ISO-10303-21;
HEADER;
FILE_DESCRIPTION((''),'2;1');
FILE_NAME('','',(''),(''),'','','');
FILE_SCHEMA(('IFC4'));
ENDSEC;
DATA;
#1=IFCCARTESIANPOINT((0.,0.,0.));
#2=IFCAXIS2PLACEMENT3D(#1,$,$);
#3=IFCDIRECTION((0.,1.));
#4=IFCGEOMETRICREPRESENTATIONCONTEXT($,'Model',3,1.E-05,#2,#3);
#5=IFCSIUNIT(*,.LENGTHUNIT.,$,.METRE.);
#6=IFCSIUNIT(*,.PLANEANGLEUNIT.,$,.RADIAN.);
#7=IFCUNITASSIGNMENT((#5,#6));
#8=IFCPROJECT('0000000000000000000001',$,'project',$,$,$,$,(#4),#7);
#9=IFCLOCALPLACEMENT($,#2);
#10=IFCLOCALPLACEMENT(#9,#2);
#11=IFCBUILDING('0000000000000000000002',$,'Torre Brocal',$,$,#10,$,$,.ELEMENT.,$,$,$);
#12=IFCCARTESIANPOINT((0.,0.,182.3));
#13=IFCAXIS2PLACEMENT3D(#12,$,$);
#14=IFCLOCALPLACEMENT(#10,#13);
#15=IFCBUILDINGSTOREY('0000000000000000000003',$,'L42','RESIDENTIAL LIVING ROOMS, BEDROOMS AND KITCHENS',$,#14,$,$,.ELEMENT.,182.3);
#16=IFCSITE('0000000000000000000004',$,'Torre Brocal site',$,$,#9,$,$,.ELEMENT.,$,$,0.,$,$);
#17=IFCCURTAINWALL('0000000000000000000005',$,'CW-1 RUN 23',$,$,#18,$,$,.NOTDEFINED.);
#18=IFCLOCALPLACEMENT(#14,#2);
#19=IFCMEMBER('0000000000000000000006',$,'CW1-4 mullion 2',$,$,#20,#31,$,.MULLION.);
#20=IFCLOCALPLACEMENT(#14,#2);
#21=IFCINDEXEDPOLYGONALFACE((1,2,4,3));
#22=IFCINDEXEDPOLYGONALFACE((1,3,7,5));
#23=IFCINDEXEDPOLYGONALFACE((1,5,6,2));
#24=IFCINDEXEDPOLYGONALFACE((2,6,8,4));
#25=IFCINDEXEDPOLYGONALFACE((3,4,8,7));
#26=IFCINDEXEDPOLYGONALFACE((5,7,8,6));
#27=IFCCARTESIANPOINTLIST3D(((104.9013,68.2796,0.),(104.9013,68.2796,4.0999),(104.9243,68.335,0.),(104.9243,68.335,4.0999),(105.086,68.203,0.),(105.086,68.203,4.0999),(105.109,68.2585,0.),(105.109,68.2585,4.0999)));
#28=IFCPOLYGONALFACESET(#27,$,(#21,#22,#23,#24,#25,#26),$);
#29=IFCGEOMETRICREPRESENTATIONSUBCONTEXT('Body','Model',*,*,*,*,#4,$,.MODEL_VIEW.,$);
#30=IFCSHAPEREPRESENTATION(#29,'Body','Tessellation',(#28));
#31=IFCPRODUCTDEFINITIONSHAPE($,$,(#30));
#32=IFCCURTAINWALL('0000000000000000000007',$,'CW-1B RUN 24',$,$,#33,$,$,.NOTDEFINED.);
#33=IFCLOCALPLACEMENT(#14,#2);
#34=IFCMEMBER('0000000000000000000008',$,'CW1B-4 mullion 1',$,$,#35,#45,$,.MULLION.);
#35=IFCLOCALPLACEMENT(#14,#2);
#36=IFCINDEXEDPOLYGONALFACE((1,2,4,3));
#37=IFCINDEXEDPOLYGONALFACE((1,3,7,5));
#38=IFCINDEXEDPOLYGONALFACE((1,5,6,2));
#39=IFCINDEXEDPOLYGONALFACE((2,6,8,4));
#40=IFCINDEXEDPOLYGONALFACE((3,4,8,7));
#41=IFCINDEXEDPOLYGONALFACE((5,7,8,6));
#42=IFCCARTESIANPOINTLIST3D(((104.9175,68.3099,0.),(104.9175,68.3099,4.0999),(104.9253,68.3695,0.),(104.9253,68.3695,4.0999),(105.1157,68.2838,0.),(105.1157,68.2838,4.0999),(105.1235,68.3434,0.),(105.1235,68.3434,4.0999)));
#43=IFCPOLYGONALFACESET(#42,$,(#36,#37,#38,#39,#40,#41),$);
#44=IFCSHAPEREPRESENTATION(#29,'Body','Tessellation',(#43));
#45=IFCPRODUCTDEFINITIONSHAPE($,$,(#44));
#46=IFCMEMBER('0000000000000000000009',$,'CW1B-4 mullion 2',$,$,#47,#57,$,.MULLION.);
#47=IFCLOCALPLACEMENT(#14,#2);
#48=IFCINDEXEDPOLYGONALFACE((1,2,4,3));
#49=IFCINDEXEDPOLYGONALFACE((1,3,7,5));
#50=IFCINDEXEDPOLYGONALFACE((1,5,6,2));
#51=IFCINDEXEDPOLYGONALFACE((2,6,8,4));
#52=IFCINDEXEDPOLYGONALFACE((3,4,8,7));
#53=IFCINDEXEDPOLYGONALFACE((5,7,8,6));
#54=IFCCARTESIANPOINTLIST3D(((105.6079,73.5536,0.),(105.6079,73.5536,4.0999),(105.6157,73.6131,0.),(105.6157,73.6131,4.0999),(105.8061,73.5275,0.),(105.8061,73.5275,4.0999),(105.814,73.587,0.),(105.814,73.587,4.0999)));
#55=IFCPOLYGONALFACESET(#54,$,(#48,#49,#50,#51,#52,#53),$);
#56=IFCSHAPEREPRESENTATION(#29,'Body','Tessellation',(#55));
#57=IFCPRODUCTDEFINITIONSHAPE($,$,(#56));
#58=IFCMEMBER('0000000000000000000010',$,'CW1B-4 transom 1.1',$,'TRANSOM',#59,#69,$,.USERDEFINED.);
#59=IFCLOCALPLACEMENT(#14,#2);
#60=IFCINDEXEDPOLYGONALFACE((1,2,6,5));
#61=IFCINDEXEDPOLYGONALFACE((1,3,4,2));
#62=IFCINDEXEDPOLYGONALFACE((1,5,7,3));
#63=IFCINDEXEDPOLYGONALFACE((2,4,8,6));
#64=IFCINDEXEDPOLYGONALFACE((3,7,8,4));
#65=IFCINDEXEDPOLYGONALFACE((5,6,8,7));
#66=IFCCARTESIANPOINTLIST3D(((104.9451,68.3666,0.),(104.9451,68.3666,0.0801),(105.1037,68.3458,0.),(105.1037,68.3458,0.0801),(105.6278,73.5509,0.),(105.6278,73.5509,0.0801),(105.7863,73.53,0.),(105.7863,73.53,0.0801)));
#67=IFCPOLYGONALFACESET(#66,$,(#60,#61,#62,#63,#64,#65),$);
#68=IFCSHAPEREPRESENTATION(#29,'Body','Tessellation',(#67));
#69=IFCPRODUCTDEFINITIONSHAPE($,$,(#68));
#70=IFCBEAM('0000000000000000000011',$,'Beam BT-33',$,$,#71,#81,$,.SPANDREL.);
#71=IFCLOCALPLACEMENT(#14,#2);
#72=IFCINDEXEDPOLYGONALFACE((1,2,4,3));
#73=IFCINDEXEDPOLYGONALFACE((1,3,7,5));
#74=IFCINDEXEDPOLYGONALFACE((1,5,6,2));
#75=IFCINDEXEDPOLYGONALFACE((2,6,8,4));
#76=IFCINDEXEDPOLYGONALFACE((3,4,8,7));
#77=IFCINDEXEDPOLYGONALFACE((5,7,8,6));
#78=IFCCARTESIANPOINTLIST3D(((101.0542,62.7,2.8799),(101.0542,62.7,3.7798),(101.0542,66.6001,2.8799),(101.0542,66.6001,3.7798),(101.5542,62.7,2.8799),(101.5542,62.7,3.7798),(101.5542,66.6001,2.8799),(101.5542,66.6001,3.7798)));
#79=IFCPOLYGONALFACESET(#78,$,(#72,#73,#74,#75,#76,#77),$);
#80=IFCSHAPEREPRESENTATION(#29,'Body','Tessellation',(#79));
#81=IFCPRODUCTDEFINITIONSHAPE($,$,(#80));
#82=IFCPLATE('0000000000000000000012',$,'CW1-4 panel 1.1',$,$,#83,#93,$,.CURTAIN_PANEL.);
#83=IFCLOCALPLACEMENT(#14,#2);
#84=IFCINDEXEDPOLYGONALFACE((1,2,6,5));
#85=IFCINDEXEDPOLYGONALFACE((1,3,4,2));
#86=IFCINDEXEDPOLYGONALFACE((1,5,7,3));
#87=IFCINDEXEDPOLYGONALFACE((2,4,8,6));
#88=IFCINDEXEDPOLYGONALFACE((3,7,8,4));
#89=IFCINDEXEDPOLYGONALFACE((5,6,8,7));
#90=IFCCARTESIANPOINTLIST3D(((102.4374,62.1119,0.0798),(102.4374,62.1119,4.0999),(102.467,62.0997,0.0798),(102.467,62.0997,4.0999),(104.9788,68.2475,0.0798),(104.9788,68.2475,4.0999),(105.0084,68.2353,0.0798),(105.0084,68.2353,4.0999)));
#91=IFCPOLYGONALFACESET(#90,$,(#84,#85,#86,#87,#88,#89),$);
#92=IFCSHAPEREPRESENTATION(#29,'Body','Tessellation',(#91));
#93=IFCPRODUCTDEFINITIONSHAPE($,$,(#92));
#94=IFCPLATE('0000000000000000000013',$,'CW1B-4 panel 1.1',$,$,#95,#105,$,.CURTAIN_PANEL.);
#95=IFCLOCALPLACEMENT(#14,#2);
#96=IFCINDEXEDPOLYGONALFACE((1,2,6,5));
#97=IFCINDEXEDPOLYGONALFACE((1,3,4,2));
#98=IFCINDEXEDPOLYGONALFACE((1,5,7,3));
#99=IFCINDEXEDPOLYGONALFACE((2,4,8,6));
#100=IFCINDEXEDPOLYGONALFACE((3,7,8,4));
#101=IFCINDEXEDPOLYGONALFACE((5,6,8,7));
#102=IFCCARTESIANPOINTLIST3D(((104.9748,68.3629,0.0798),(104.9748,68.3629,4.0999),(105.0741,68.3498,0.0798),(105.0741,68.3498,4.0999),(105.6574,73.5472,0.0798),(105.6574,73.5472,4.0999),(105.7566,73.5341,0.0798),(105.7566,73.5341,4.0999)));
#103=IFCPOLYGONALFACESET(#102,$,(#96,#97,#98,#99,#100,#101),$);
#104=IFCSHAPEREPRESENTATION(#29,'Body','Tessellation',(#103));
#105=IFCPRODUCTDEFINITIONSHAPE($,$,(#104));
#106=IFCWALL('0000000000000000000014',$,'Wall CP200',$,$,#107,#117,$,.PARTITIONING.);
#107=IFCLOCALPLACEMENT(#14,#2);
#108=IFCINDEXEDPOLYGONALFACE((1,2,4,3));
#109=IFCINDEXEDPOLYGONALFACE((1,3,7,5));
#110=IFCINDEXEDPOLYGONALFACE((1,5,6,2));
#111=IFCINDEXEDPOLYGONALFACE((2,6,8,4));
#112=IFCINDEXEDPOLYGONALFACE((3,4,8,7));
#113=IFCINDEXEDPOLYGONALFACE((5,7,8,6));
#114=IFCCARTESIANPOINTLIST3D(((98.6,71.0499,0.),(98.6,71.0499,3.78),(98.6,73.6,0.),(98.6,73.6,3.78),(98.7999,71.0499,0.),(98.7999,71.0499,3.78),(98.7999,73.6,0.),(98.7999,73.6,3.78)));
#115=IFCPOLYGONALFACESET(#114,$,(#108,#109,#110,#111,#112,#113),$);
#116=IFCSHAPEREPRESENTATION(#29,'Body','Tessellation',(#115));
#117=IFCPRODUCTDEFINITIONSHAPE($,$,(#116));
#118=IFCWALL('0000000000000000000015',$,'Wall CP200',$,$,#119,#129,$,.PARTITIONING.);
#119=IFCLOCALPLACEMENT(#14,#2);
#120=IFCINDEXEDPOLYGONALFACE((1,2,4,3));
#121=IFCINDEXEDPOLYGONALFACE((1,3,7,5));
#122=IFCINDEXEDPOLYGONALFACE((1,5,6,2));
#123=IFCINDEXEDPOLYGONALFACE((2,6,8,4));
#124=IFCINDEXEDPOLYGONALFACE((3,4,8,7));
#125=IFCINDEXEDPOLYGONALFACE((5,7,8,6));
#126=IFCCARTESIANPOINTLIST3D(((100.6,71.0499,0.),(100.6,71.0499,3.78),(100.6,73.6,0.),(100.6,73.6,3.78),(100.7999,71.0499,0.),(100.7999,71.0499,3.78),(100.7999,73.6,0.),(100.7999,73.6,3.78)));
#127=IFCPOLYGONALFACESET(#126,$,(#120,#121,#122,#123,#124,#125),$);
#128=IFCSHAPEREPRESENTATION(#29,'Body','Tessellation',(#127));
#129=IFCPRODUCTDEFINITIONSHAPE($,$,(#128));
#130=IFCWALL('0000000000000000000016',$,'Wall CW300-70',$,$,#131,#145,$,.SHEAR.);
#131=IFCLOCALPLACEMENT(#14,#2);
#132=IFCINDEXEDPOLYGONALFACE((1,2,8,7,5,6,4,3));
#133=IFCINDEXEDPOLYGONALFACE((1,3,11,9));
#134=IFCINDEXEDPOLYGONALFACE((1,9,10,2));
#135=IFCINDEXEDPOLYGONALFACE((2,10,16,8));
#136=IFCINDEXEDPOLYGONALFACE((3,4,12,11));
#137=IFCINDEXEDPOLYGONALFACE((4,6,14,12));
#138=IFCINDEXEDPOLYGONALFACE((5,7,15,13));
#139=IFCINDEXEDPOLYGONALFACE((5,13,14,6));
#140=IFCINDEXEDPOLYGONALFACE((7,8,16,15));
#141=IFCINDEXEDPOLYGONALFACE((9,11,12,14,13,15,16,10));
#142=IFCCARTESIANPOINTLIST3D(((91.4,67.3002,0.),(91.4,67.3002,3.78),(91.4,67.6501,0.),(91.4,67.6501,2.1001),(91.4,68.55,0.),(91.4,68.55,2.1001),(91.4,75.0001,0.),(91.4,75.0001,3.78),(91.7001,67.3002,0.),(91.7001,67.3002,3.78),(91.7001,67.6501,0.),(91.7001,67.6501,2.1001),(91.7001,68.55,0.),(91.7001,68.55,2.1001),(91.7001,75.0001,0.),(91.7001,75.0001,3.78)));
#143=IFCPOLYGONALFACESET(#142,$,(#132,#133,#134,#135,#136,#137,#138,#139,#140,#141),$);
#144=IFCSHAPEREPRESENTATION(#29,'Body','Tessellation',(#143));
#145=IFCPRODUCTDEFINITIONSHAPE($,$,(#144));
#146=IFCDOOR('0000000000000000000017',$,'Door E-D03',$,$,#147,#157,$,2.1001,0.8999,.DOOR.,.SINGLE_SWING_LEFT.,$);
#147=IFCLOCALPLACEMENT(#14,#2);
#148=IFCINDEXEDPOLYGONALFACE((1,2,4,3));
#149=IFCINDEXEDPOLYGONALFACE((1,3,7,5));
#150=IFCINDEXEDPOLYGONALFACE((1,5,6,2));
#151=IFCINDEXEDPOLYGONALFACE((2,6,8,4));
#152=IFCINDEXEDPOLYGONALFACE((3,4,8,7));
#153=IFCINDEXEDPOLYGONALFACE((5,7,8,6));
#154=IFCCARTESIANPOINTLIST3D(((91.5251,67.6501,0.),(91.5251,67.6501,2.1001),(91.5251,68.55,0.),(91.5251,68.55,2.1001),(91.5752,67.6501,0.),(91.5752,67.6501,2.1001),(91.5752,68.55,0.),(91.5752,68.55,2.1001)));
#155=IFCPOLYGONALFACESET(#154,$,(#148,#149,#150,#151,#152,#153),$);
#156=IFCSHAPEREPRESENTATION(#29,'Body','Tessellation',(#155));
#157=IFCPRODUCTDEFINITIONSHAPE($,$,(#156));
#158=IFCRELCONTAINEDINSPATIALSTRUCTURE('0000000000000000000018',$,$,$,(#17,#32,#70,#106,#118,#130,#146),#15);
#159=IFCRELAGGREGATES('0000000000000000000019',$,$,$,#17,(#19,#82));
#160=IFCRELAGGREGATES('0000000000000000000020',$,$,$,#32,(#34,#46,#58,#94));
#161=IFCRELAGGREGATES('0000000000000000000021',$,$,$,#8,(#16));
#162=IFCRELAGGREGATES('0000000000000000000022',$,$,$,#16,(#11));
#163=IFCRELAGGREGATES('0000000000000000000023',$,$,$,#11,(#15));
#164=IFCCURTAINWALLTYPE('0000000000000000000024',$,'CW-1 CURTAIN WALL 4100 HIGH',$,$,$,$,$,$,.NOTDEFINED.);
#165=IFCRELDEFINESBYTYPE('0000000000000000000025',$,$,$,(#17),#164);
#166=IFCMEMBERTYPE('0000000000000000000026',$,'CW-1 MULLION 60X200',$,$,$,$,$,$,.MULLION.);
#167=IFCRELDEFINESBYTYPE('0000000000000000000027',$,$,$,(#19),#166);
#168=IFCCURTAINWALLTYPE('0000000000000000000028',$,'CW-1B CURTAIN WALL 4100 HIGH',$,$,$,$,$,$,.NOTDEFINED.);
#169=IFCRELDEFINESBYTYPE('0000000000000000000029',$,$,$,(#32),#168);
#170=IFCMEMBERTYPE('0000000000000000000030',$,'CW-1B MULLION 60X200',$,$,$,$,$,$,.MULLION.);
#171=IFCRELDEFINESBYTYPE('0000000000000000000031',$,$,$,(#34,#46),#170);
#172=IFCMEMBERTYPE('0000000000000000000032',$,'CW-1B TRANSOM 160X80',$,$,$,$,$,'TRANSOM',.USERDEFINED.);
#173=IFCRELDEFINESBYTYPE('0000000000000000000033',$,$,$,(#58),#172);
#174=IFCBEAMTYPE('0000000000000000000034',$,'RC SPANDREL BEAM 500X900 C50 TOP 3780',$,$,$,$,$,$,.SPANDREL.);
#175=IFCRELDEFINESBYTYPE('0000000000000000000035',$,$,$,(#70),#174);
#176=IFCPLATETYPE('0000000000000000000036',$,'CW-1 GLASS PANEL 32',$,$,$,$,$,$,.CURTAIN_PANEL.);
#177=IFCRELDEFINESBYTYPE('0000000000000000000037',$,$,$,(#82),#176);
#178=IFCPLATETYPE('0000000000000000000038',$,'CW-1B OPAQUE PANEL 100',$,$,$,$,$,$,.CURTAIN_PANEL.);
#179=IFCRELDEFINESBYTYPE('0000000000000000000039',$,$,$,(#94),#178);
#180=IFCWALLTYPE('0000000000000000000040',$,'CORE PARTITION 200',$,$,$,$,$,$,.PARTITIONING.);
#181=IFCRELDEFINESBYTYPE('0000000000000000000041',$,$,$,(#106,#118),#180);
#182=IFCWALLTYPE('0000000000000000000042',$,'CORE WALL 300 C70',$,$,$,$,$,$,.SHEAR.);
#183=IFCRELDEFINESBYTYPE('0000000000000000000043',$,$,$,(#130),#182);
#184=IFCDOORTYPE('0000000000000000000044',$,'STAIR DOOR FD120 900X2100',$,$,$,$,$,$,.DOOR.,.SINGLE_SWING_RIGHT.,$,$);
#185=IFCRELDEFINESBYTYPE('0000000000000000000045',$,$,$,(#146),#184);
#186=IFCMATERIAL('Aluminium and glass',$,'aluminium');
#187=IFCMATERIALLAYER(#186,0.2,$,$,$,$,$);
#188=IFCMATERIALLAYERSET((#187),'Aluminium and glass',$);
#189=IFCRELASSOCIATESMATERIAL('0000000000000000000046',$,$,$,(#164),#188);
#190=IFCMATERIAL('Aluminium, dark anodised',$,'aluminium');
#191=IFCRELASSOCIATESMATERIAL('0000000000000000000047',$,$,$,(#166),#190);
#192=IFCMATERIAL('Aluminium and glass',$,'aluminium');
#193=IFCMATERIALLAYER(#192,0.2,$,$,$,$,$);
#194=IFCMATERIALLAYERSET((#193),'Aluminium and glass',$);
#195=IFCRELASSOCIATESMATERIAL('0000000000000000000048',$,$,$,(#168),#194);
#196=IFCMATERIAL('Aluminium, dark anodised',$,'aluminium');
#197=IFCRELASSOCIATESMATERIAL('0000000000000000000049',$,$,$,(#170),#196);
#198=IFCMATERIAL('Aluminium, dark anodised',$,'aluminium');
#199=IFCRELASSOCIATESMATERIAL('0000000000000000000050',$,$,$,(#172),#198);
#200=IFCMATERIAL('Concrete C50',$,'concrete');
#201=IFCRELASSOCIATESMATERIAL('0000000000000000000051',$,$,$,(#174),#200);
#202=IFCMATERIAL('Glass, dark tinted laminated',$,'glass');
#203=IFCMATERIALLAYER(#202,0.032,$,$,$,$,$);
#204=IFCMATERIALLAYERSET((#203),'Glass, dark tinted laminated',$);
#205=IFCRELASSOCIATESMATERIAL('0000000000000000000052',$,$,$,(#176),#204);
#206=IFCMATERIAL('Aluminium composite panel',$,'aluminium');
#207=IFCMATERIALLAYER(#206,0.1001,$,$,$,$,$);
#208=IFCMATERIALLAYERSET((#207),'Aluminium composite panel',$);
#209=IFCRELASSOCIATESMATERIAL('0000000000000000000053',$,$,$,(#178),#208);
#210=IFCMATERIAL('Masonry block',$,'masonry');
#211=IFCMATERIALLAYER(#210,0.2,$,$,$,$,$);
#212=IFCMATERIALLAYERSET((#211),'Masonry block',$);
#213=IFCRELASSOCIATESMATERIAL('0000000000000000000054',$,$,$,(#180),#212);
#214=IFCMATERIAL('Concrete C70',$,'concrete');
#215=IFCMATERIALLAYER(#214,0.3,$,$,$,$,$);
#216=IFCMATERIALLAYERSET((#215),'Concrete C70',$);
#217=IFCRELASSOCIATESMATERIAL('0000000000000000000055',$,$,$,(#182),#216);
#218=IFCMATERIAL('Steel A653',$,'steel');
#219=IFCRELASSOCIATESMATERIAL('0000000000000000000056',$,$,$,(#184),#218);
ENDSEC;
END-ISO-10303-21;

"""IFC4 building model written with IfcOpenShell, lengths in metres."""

from ifc_helpers import new_model, si_unit, direction, frame, frame_2d, origin, origin_2d, place, context, subcontext, project, spatial, rectangle, extrude, material, layer, layer_set, material_profile, profile_set, type_object, element, fill, aggregate, save


model = new_model("IFC4")

# Units and contexts
model_context = context("Model", 3, precision=1e-05, world=origin(), true_north=direction((0.0, 1.0)))
body_context = subcontext(model_context, "Body", "Model", "MODEL_VIEW")
ifc_project = project(units=[si_unit("LENGTHUNIT", "METRE"), si_unit("PLANEANGLEUNIT", "RADIAN")], contexts=[model_context])

# Site, building, storey
site_placement = place(None, origin())
site = spatial("IfcSite", under=ifc_project, at=site_placement, Name="Torre Brocal site", CompositionType="ELEMENT", RefElevation=0.0)
building_placement = place(site_placement, origin())
building = spatial("IfcBuilding", under=site, at=building_placement, Name="Torre Brocal", CompositionType="ELEMENT")
storey_placement = place(building_placement, frame((0.0, 0.0, 182.3)))
storey = spatial("IfcBuildingStorey", under=building, at=storey_placement, Name="L42", Description="RESIDENTIAL LIVING ROOMS, BEDROOMS AND KITCHENS", CompositionType="ELEMENT", Elevation=182.3)

# Curtain wall, member
ifc_material_1 = material(Name="Aluminium and glass", Category="aluminium")
ifc_layer_1 = layer(ifc_material_1, 0.2)
ifc_layer_set_1 = layer_set([ifc_layer_1], Name="Aluminium and glass")
curtain_wall_type_1 = type_object("IfcCurtainWallType", Name="CW-1 CURTAIN WALL 4100 HIGH", PredefinedType="NOTDEFINED", material=ifc_layer_set_1)
curtain_wall_1_placement = place(storey_placement, origin())
curtain_wall_1 = element("IfcCurtainWall", 1, at=curtain_wall_1_placement, inside=storey, type_object=curtain_wall_type_1, Name="CW-1 RUN 23", PredefinedType="NOTDEFINED")
ifc_material_2 = material(Name="Aluminium, dark anodised", Category="aluminium")
ifc_material_profile_1 = material_profile(ifc_material_2, rectangle(XDim=0.2, YDim=0.0601, at=origin_2d()), Name="CW-1 MULLION 60X200")
ifc_profile_set_1 = profile_set([ifc_material_profile_1], Name="Aluminium, dark anodised")
member_type_1 = type_object("IfcMemberType", Name="CW-1 MULLION 60X200", PredefinedType="MULLION", material=ifc_profile_set_1)
member_1_placement = place(storey_placement, frame((105.0051, 68.269, 0.0), z_axis=(0.0, 0.0, 1.0), x_axis=(-0.92388, 0.382683, 0.0)))
member_1 = element("IfcMember", 2, at=member_1_placement, type_object=member_type_1, Name="CW1-4 mullion 2", PredefinedType="MULLION", context=body_context, shape_type="SweptSolid", body=[
    extrude(rectangle(XDim=0.2, YDim=0.0601, at=origin_2d()), origin(), (0.0, 0.0, 1.0), 4.0999),
])

# Curtain wall, members
ifc_material_3 = material(Name="Aluminium and glass", Category="aluminium")
ifc_layer_2 = layer(ifc_material_3, 0.2)
ifc_layer_set_2 = layer_set([ifc_layer_2], Name="Aluminium and glass")
curtain_wall_type_2 = type_object("IfcCurtainWallType", Name="CW-1B CURTAIN WALL 4100 HIGH", PredefinedType="NOTDEFINED", material=ifc_layer_set_2)
curtain_wall_2_placement = place(storey_placement, origin())
curtain_wall_2 = element("IfcCurtainWall", 3, at=curtain_wall_2_placement, inside=storey, type_object=curtain_wall_type_2, Name="CW-1B RUN 24", PredefinedType="NOTDEFINED")
ifc_material_4 = material(Name="Aluminium, dark anodised", Category="aluminium")
ifc_material_profile_2 = material_profile(ifc_material_4, rectangle(XDim=0.2, YDim=0.0601, at=origin_2d()), Name="CW-1B MULLION 60X200")
ifc_profile_set_2 = profile_set([ifc_material_profile_2], Name="Aluminium, dark anodised")
member_type_2 = type_object("IfcMemberType", Name="CW-1B MULLION 60X200", PredefinedType="MULLION", material=ifc_profile_set_2)
member_2_placement = place(storey_placement, frame((105.0205, 68.3267, 0.0), z_axis=(0.0, 0.0, 1.0), x_axis=(-0.991445, 0.130526, 0.0)))
member_2 = element("IfcMember", 4, at=member_2_placement, type_object=member_type_2, Name="CW1B-4 mullion 1", PredefinedType="MULLION", context=body_context, shape_type="SweptSolid", body=[
    extrude(rectangle(XDim=0.2, YDim=0.0601, at=origin_2d()), origin(), (0.0, 0.0, 1.0), 4.0999),
])
member_3_placement = place(storey_placement, frame((105.7109, 73.5703, 0.0), z_axis=(0.0, 0.0, 1.0), x_axis=(-0.991445, 0.130526, 0.0)))
member_3 = element("IfcMember", 5, at=member_3_placement, type_object=member_type_2, Name="CW1B-4 mullion 2", PredefinedType="MULLION", context=body_context, shape_type="SweptSolid", body=[
    extrude(rectangle(XDim=0.2, YDim=0.0601, at=origin_2d()), origin(), (0.0, 0.0, 1.0), 4.0999),
])
ifc_material_5 = material(Name="Aluminium, dark anodised", Category="aluminium")
ifc_material_profile_3 = material_profile(ifc_material_5, rectangle(XDim=0.1599, YDim=0.0801, at=origin_2d()), Name="CW-1B TRANSOM 160X80")
ifc_profile_set_3 = profile_set([ifc_material_profile_3], Name="Aluminium, dark anodised")
member_type_3 = type_object("IfcMemberType", Name="CW-1B TRANSOM 160X80", ElementType="TRANSOM", PredefinedType="USERDEFINED", material=ifc_profile_set_3)
member_4_placement = place(storey_placement, frame((105.0244, 68.3562, 0.04), z_axis=(0.130543, 0.991443, 0.0), x_axis=(-0.991443, 0.130543, 0.0)))
member_4 = element("IfcMember", 6, at=member_4_placement, type_object=member_type_3, Name="CW1B-4 transom 1.1", ObjectType="TRANSOM", PredefinedType="USERDEFINED", context=body_context, shape_type="SweptSolid", body=[
    extrude(rectangle(XDim=0.1599, YDim=0.0801, at=origin_2d()), origin(), (0.0, 0.0, 1.0), 5.229),
])

# Beam
ifc_material_6 = material(Name="Concrete C50", Category="concrete")
ifc_material_profile_4 = material_profile(ifc_material_6, rectangle(XDim=0.5, YDim=0.8999, at=origin_2d()), Name="RC 500X900")
ifc_profile_set_4 = profile_set([ifc_material_profile_4], Name="Concrete C50")
beam_type = type_object("IfcBeamType", Name="RC SPANDREL BEAM 500X900 C50 TOP 3780", PredefinedType="SPANDREL", material=ifc_profile_set_4)
beam_placement = place(storey_placement, frame((101.3042, 62.7, 3.3298), z_axis=(0.0, 1.0, 0.0), x_axis=(-1.0, 0.0, 0.0)))
element("IfcBeam", 7, at=beam_placement, inside=storey, type_object=beam_type, Name="Beam BT-33", PredefinedType="SPANDREL", context=body_context, shape_type="SweptSolid", body=[
    extrude(rectangle(XDim=0.5, YDim=0.8999, at=origin_2d()), origin(), (0.0, 0.0, 1.0), 3.9001),
])

# Plates
ifc_material_7 = material(Name="Glass, dark tinted laminated", Category="glass")
ifc_layer_3 = layer(ifc_material_7, 0.032)
ifc_layer_set_3 = layer_set([ifc_layer_3], Name="Glass, dark tinted laminated")
plate_type_1 = type_object("IfcPlateType", Name="CW-1 GLASS PANEL 32", PredefinedType="CURTAIN_PANEL", material=ifc_layer_set_3)
plate_1_placement = place(storey_placement, frame((103.7229, 65.1736, 0.0798), z_axis=(0.0, 0.0, 1.0), x_axis=(0.382683, 0.92388, 0.0)))
plate_1 = element("IfcPlate", 8, at=plate_1_placement, type_object=plate_type_1, Name="CW1-4 panel 1.1", PredefinedType="CURTAIN_PANEL", context=body_context, shape_type="SweptSolid", body=[
    extrude(rectangle(XDim=6.6411, YDim=0.032, at=origin_2d()), origin(), (0.0, 0.0, 1.0), 4.02),
])
aggregate(curtain_wall_1, [member_1, plate_1])
ifc_material_8 = material(Name="Aluminium composite panel", Category="aluminium")
ifc_layer_4 = layer(ifc_material_8, 0.1001)
ifc_layer_set_4 = layer_set([ifc_layer_4], Name="Aluminium composite panel")
plate_type_2 = type_object("IfcPlateType", Name="CW-1B OPAQUE PANEL 100", PredefinedType="CURTAIN_PANEL", material=ifc_layer_set_4)
plate_2_placement = place(storey_placement, frame((105.3657, 70.9485, 0.0798), z_axis=(0.0, 0.0, 1.0), x_axis=(0.130526, 0.991445, 0.0)))
plate_2 = element("IfcPlate", 9, at=plate_2_placement, type_object=plate_type_2, Name="CW1B-4 panel 1.1", PredefinedType="CURTAIN_PANEL", context=body_context, shape_type="SweptSolid", body=[
    extrude(rectangle(XDim=5.229, YDim=0.1001, at=origin_2d()), origin(), (0.0, 0.0, 1.0), 4.02),
])
aggregate(curtain_wall_2, [member_2, member_3, member_4, plate_2])

# Walls
ifc_material_9 = material(Name="Masonry block", Category="masonry")
ifc_layer_5 = layer(ifc_material_9, 0.2)
ifc_layer_set_5 = layer_set([ifc_layer_5], Name="Masonry block")
wall_type_1 = type_object("IfcWallType", Name="CORE PARTITION 200", PredefinedType="PARTITIONING", material=ifc_layer_set_5)
for number, where, z_axis, x_axis, name in (
    (10, (98.7, 71.05, 0.0), (0.0, 0.0, 1.0), (0.0, 1.0, 0.0), "Wall CP200"),
    (11, (100.7, 71.05, 0.0), (0.0, 0.0, 1.0), (0.0, 1.0, 0.0), "Wall CP200"),
):
    element("IfcWall", number, at=place(storey_placement, frame(where, z_axis=z_axis, x_axis=x_axis)), inside=storey, type_object=wall_type_1, Name=name, PredefinedType="PARTITIONING", context=body_context, shape_type="SweptSolid", body=[
        extrude(rectangle(XDim=2.55, YDim=0.2, at=frame_2d((1.2749, 0.0))), origin(), (0.0, 0.0, 1.0), 3.78),
    ])

# Wall, opening, door
ifc_material_10 = material(Name="Concrete C70", Category="concrete")
ifc_layer_6 = layer(ifc_material_10, 0.3)
ifc_layer_set_6 = layer_set([ifc_layer_6], Name="Concrete C70")
wall_type_2 = type_object("IfcWallType", Name="CORE WALL 300 C70", PredefinedType="SHEAR", material=ifc_layer_set_6)
wall_1_placement = place(storey_placement, frame((91.55, 67.3, 0.0), z_axis=(0.0, 0.0, 1.0), x_axis=(0.0, 1.0, 0.0)))
wall_1 = element("IfcWall", 12, at=wall_1_placement, inside=storey, type_object=wall_type_2, Name="Wall CW300-70", PredefinedType="SHEAR", context=body_context, shape_type="SweptSolid", body=[
    extrude(rectangle(XDim=7.7, YDim=0.3, at=frame_2d((3.8501, 0.0))), origin(), (0.0, 0.0, 1.0), 3.78),
])
opening_1_placement = place(wall_1_placement, frame((0.3501, 0.0, 0.0)))
opening_1 = element("IfcOpeningElement", 13, at=opening_1_placement, cuts=wall_1, PredefinedType="OPENING", context=body_context, shape_type="SweptSolid", body=[
    extrude(rectangle(XDim=0.8999, YDim=2.1001, at=frame_2d((0.45, 1.05))), frame((0.0, 0.1599, 0.0), z_axis=(0.0, -1.0, 0.0), x_axis=(1.0, 0.0, 0.0)), (0.0, 0.0, 1.0), 0.3201),
])
ifc_material_11 = material(Name="Steel A653", Category="steel")
door_type_1 = type_object("IfcDoorType", Name="STAIR DOOR FD120 900X2100", OperationType="SINGLE_SWING_RIGHT", PredefinedType="DOOR", material=ifc_material_11)
door_1_placement = place(opening_1_placement, origin())
door_1 = element("IfcDoor", 14, at=door_1_placement, inside=storey, type_object=door_type_1, Name="Door E-D03", OperationType="SINGLE_SWING_LEFT", OverallHeight=2.1001, OverallWidth=0.8999, PredefinedType="DOOR", context=body_context, shape_type="SweptSolid", body=[
    extrude(rectangle(XDim=0.8999, YDim=2.1001, at=frame_2d((0.45, 1.05))), frame((0.0, 0.0249, 0.0), z_axis=(0.0, -1.0, 0.0), x_axis=(1.0, 0.0, 0.0)), (0.0, 0.0, 1.0), 0.05),
])
fill(opening_1, door_1)

save(model, "model.ifc")
